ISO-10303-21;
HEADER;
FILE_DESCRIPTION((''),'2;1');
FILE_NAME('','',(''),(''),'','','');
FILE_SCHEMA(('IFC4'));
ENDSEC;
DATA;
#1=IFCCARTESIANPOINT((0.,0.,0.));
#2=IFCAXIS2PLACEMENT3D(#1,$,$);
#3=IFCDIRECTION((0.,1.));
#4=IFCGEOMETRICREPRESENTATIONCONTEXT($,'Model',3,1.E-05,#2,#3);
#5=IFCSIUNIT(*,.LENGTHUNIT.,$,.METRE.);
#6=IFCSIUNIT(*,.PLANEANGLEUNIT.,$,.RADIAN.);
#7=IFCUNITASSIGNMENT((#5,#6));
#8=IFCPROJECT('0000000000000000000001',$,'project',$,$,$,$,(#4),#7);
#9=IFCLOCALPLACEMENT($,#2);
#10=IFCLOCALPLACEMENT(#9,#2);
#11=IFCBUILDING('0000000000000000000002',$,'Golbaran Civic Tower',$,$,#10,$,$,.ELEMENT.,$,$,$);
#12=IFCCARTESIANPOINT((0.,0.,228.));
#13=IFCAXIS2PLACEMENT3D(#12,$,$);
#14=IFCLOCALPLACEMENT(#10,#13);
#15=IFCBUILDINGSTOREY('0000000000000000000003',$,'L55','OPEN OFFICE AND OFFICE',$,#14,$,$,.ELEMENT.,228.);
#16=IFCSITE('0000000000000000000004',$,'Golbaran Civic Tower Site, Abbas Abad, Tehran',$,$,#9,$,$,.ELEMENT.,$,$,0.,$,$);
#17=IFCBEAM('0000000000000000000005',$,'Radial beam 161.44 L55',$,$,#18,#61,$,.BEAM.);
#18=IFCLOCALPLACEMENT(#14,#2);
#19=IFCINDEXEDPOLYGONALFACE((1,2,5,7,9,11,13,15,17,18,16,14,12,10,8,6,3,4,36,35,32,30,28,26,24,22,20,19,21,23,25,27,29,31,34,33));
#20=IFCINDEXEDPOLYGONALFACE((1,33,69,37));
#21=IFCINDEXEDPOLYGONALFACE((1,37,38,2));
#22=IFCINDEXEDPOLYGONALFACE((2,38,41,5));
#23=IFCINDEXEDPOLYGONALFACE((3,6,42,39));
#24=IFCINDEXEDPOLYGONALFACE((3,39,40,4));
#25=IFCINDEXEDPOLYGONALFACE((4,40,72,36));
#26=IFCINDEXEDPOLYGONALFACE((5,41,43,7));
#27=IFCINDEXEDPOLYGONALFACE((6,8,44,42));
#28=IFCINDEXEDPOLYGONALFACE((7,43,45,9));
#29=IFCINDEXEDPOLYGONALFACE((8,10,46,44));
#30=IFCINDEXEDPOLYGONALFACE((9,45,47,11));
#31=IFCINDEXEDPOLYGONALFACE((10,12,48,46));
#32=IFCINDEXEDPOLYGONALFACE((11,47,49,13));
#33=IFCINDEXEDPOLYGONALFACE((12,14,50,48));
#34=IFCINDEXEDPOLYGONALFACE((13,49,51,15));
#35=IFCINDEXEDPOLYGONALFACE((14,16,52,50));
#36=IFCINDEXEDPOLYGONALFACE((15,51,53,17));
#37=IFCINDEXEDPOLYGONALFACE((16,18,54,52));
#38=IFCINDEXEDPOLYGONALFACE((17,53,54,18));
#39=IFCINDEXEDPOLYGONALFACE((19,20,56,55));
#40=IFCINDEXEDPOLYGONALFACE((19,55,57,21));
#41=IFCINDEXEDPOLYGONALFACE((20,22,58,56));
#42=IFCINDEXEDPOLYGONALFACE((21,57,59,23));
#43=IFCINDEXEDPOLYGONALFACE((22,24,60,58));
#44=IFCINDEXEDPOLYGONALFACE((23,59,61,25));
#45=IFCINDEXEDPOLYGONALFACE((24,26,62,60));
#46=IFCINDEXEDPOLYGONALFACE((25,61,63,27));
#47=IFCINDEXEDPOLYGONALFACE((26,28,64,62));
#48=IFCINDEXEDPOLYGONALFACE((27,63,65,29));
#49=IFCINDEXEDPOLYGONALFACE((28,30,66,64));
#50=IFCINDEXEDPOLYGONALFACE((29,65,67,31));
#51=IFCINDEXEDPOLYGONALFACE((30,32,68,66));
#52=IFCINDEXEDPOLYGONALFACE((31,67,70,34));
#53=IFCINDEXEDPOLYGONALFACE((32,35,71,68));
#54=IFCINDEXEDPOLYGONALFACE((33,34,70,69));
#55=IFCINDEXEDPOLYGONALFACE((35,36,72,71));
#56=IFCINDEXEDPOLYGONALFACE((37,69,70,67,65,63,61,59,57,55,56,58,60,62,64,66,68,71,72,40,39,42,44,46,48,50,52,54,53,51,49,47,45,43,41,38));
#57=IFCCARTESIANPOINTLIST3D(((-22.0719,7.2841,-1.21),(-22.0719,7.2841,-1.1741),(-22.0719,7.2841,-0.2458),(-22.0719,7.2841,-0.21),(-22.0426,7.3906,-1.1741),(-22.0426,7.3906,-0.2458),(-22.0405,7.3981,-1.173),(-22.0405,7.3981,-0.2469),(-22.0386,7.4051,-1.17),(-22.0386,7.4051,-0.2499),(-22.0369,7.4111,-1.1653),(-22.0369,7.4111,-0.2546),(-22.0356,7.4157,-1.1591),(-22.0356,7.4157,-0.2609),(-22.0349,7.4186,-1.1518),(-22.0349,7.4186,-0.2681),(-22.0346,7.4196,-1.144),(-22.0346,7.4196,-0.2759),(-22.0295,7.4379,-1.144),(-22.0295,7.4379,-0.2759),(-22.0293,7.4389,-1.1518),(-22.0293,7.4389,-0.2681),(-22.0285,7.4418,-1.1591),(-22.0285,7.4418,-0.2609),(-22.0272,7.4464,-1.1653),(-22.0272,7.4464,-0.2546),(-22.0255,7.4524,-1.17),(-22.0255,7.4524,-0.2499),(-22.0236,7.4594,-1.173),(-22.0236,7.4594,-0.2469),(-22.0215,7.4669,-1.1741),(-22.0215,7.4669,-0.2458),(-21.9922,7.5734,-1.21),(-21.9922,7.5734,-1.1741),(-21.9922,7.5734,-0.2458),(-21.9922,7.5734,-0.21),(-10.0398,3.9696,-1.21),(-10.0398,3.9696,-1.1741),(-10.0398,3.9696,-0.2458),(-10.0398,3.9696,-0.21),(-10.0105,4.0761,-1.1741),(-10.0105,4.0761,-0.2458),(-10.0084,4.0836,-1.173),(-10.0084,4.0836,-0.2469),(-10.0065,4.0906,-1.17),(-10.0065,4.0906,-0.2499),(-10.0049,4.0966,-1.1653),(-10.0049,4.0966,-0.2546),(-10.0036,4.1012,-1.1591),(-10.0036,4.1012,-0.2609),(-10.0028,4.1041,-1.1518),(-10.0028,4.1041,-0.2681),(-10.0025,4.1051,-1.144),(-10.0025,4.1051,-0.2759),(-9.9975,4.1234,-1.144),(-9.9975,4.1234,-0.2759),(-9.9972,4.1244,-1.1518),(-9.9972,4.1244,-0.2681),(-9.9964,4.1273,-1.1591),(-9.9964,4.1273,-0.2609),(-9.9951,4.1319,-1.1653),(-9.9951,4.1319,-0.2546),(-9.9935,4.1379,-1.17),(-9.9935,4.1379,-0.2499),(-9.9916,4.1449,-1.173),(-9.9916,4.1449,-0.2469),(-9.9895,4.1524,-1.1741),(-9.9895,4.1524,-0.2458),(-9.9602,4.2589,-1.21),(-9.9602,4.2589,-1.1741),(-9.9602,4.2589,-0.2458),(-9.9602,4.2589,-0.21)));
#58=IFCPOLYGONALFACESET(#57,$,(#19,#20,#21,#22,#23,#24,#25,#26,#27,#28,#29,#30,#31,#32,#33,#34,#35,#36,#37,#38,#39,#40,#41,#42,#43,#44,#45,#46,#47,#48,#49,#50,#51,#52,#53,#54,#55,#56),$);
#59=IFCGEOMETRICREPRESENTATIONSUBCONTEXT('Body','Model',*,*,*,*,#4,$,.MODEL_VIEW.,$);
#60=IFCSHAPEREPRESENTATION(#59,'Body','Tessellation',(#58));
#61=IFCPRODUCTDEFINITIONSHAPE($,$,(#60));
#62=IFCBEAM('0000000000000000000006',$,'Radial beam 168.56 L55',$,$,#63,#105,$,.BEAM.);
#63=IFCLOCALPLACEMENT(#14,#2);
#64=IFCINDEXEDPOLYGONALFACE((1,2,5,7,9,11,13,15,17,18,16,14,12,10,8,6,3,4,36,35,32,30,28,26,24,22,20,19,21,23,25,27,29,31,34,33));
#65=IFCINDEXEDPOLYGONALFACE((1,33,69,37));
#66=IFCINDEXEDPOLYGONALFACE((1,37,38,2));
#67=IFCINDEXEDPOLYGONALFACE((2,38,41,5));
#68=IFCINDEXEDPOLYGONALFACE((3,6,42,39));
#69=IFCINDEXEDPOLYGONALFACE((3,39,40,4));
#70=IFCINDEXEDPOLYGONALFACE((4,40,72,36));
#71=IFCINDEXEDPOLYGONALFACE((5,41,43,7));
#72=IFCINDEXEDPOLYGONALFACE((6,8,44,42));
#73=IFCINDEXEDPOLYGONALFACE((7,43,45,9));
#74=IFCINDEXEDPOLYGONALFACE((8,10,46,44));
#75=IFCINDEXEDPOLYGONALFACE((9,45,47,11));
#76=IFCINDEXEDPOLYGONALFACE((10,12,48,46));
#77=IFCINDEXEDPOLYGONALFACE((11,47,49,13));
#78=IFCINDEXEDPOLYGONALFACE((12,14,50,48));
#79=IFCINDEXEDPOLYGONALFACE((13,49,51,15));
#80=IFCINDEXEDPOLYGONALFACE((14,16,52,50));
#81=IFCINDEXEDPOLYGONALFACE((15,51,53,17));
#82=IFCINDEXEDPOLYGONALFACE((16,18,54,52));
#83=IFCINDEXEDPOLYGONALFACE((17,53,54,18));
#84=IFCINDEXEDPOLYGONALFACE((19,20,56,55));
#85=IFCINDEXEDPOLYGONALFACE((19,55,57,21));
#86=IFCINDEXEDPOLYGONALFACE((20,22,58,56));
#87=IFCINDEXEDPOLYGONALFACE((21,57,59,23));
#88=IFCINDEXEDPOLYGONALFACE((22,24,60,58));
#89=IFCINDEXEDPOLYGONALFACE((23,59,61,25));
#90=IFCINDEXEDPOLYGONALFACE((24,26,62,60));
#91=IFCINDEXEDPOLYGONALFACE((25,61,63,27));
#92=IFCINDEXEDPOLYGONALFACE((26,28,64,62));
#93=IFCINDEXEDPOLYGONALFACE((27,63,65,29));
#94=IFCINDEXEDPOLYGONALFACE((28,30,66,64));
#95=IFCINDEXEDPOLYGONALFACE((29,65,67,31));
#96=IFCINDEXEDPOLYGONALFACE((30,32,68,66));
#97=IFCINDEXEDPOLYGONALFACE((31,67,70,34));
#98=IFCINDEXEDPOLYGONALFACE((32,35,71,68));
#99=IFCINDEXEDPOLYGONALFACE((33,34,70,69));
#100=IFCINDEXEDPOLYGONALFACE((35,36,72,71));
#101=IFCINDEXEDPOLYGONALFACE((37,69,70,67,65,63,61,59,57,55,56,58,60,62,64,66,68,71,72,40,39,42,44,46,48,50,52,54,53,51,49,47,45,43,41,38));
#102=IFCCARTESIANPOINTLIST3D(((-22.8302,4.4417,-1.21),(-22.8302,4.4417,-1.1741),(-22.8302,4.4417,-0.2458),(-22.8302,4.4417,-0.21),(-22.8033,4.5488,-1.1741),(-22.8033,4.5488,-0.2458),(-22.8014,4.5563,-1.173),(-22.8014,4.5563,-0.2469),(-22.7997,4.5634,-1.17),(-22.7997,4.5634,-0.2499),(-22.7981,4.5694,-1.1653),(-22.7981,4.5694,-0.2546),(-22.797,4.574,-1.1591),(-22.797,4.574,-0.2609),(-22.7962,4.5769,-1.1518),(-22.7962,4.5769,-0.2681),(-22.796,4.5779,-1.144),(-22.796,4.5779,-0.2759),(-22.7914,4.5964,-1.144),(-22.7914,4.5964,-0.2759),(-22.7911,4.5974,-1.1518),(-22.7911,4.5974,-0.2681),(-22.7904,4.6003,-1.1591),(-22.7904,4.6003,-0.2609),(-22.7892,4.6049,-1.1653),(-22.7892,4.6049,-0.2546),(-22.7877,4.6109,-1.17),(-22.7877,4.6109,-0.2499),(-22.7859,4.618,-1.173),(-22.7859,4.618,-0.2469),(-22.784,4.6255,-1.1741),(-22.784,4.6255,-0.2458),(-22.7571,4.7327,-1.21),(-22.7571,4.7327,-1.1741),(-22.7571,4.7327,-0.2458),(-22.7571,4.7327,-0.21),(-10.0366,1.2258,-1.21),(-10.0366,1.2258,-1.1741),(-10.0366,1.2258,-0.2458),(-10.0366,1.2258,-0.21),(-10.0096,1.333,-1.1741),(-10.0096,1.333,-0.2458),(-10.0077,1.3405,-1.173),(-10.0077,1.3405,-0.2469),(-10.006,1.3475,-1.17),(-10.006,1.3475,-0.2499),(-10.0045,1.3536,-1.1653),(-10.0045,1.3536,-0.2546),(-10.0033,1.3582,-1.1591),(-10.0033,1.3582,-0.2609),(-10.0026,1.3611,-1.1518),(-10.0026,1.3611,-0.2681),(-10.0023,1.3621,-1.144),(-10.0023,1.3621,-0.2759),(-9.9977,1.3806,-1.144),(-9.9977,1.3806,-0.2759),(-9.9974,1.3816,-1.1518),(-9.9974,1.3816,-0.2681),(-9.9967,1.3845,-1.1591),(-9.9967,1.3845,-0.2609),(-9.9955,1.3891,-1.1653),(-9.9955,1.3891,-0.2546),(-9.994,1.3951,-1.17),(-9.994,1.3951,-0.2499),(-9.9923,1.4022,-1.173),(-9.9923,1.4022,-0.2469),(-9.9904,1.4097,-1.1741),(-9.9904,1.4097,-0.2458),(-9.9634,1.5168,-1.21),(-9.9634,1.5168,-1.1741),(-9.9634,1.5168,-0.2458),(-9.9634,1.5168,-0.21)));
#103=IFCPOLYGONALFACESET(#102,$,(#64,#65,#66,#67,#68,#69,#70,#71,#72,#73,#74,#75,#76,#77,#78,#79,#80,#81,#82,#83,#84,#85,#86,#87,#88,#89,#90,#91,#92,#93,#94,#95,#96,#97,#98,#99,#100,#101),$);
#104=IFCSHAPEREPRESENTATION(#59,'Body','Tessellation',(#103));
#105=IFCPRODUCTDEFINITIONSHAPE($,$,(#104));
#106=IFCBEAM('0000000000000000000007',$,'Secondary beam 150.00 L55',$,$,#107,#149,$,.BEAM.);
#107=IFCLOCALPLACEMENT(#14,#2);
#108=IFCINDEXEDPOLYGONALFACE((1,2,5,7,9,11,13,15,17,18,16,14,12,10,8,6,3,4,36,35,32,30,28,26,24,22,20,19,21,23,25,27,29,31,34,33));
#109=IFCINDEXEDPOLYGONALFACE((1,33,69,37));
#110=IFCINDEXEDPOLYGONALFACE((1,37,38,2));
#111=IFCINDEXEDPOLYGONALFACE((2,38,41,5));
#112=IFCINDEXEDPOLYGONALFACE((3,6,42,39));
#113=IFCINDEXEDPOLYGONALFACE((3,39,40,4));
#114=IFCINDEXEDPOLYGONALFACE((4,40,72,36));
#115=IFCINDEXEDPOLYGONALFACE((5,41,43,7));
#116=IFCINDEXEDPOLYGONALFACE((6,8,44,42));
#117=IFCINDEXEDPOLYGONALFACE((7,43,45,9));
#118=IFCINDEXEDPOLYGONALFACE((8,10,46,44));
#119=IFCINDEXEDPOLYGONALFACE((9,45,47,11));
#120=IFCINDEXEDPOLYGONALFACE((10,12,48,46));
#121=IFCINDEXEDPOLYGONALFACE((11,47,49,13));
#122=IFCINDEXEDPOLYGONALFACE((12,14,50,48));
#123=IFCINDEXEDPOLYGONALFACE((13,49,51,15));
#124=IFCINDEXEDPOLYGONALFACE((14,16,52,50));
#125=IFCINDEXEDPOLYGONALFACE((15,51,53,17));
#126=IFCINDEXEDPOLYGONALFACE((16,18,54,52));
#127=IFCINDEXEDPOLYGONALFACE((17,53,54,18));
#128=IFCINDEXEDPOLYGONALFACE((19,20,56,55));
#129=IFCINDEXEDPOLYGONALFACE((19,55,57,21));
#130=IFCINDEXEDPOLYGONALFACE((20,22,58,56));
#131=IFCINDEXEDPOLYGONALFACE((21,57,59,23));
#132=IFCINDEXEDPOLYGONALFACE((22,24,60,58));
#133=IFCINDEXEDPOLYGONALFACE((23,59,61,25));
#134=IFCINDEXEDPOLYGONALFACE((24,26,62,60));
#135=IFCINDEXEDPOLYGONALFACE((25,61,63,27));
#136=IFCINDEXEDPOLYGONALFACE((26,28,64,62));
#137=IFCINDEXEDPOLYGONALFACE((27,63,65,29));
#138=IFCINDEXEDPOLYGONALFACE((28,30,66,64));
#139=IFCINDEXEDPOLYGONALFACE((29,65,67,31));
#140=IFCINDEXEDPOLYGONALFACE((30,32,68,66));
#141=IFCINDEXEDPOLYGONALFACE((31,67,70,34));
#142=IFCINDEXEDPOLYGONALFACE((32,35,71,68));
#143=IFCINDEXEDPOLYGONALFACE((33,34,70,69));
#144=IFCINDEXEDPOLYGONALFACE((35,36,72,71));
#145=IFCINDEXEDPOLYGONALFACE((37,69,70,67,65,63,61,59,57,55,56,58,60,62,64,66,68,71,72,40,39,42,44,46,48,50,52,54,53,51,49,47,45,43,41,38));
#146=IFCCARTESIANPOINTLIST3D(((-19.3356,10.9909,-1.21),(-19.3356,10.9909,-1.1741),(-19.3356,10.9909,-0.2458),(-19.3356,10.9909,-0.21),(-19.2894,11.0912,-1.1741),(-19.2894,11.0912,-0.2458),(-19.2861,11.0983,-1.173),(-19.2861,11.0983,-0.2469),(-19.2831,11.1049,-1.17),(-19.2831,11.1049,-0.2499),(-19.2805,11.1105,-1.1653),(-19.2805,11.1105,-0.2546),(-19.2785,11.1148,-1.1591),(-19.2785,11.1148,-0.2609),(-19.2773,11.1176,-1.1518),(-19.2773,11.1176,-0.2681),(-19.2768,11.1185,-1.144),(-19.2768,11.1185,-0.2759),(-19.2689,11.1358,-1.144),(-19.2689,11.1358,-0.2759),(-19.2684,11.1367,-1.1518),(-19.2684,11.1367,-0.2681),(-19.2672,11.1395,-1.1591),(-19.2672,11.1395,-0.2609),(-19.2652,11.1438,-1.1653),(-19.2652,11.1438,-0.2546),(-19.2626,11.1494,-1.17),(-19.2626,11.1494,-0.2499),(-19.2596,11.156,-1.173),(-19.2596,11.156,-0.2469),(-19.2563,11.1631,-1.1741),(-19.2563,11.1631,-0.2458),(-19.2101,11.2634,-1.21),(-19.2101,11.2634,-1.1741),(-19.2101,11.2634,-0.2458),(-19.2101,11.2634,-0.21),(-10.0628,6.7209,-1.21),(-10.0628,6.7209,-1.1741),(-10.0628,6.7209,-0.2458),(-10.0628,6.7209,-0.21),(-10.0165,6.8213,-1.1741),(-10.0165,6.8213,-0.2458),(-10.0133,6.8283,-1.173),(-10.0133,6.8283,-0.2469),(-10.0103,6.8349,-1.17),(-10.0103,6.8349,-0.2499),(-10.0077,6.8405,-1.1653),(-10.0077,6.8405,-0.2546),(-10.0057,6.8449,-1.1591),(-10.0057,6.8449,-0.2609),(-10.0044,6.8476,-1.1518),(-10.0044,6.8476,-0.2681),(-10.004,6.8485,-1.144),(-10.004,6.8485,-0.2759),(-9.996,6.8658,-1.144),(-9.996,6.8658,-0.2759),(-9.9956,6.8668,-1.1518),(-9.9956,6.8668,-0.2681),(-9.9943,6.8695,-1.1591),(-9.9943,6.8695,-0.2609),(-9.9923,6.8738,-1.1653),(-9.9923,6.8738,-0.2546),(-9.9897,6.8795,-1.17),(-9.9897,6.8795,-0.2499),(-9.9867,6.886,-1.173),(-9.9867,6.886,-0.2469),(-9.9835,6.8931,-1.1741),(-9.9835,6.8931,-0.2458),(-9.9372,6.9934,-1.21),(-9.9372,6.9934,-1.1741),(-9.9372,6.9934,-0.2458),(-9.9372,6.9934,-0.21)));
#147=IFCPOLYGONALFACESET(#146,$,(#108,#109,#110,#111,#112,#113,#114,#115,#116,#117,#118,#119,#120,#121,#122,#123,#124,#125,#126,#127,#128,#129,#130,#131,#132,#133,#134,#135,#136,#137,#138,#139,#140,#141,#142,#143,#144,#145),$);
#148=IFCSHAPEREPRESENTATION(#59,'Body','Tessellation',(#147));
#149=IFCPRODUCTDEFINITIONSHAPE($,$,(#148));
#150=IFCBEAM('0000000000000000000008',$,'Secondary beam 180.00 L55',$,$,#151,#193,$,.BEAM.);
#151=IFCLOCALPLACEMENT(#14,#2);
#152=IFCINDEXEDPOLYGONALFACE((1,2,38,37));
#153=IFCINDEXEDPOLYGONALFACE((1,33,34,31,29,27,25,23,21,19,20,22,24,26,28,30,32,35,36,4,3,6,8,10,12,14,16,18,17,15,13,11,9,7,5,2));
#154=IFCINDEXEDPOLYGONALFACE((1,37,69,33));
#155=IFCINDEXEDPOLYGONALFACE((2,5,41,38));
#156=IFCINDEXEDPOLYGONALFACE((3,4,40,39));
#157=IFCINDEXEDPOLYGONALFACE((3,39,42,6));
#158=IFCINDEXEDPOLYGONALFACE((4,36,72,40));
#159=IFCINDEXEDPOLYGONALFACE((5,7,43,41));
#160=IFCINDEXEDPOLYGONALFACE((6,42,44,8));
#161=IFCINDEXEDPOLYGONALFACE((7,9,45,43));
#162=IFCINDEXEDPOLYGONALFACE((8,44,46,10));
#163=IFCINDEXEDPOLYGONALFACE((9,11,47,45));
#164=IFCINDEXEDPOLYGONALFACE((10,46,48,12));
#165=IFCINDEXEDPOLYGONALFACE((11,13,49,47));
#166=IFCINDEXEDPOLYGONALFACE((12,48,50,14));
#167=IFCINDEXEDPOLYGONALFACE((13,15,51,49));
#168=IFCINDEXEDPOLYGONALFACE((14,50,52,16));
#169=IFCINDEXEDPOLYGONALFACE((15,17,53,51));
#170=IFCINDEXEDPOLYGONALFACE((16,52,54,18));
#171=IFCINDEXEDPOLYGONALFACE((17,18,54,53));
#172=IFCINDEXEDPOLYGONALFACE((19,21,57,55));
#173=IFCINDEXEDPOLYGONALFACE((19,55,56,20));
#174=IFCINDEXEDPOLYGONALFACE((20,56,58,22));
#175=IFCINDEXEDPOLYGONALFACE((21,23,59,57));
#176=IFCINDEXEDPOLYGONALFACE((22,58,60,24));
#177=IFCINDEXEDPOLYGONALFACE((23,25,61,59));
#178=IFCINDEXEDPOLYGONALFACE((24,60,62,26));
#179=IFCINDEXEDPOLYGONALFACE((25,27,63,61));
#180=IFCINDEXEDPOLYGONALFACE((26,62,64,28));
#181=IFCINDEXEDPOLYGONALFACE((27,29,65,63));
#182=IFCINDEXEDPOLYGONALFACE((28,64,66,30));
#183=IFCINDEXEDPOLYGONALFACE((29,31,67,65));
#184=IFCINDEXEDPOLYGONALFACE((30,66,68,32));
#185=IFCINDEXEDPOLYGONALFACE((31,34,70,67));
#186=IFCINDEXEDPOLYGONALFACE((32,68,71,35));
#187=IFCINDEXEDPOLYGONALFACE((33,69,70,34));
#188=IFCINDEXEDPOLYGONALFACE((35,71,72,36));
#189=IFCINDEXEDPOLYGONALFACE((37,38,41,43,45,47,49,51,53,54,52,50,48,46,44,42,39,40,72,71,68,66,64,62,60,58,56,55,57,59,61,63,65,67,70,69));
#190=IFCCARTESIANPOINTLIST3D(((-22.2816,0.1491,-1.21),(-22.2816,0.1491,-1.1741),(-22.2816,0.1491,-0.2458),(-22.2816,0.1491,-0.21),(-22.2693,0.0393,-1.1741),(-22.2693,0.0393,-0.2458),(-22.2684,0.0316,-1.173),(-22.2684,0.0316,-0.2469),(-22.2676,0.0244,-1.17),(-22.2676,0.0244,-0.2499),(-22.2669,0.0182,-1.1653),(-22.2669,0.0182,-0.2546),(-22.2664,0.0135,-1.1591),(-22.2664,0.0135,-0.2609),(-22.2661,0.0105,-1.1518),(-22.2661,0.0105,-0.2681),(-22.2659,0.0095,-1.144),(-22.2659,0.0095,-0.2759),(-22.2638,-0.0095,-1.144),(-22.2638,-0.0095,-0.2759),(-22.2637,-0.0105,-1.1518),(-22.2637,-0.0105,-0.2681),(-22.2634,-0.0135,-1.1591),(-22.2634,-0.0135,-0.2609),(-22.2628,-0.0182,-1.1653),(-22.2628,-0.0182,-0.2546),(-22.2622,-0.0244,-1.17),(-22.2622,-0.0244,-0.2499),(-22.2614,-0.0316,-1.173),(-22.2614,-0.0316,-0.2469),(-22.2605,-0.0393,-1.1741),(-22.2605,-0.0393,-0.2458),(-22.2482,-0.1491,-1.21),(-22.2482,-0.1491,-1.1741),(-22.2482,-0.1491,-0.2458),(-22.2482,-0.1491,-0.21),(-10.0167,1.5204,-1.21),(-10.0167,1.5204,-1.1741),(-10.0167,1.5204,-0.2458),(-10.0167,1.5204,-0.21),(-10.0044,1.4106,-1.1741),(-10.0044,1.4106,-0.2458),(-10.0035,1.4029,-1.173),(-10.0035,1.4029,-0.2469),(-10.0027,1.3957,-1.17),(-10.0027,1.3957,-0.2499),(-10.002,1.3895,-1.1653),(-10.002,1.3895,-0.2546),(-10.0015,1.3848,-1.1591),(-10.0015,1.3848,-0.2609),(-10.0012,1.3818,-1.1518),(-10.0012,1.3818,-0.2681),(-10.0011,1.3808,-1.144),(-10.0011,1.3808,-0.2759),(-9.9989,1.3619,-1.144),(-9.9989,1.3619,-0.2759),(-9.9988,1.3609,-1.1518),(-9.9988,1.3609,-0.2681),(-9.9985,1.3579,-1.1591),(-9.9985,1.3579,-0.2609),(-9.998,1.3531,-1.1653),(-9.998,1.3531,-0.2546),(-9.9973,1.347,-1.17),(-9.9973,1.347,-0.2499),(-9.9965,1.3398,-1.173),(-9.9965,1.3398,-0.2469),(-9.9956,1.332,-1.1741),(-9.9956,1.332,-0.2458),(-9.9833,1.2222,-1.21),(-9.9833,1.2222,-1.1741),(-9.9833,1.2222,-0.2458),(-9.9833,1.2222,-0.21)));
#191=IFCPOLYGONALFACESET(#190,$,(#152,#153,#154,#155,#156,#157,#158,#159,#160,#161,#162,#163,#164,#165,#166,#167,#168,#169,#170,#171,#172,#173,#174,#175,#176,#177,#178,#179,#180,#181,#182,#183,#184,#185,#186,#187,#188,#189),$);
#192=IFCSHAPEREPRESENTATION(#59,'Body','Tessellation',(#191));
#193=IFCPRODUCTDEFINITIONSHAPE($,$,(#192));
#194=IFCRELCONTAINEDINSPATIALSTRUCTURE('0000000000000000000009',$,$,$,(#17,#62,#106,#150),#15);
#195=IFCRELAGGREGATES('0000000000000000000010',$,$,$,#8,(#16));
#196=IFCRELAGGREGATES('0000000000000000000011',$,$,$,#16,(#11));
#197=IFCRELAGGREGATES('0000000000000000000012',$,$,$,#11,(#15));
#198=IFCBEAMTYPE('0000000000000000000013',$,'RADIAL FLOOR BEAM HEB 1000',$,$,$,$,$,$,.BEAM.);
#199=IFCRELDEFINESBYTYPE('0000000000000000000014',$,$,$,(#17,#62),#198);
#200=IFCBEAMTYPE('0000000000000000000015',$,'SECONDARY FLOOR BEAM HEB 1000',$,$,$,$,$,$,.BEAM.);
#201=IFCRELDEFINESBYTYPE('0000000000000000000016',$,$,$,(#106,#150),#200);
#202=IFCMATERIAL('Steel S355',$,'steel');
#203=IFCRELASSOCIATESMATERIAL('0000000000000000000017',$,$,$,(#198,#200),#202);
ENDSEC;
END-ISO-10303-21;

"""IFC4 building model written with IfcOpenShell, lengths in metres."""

from ifc_helpers import new_model, si_unit, direction, frame, origin, origin_2d, place, context, subcontext, project, spatial, i_section, extrude, material, material_profile, profile_set, type_object, element, save


model = new_model("IFC4")

# Units and contexts
model_context = context("Model", 3, precision=1e-05, world=origin(), true_north=direction((0.0, 1.0)))
body_context = subcontext(model_context, "Body", "Model", "MODEL_VIEW")
ifc_project = project(units=[si_unit("LENGTHUNIT", "METRE"), si_unit("PLANEANGLEUNIT", "RADIAN")], contexts=[model_context])

# Site, building, storey
site_placement = place(None, origin())
site = spatial("IfcSite", under=ifc_project, at=site_placement, Name="Golbaran Civic Tower Site, Abbas Abad, Tehran", CompositionType="ELEMENT", RefElevation=0.0)
building_placement = place(site_placement, origin())
building = spatial("IfcBuilding", under=site, at=building_placement, Name="Golbaran Civic Tower", CompositionType="ELEMENT")
storey_placement = place(building_placement, frame((0.0, 0.0, 228.0)))
storey = spatial("IfcBuildingStorey", under=building, at=storey_placement, Name="L55", Description="OPEN OFFICE AND OFFICE", CompositionType="ELEMENT", Elevation=228.0)

# Beams
ifc_material_1 = material(Name="Steel S355", Category="steel")
ifc_material_profile_1 = material_profile(ifc_material_1, i_section(OverallWidth=0.3, OverallDepth=1.0, WebThickness=0.019, FlangeThickness=0.0359, FilletRadius=0.03, at=origin_2d()), Name="HEB 1000")
ifc_profile_set_1 = profile_set([ifc_material_profile_1], Name="Steel S355")
beam_type_1 = type_object("IfcBeamType", Name="RADIAL FLOOR BEAM HEB 1000", PredefinedType="BEAM", material=ifc_profile_set_1)
beam_1_placement = place(storey_placement, frame((-10.0, 4.1143, -0.71), z_axis=(-0.964089, 0.265578, 0.0), x_axis=(-0.265578, -0.964089, 0.0)))
element("IfcBeam", 1, at=beam_1_placement, inside=storey, type_object=beam_type_1, Name="Radial beam 161.44 L55", PredefinedType="BEAM", context=body_context, shape_type="SweptSolid", body=[
    extrude(i_section(OverallWidth=0.3, OverallDepth=1.0, WebThickness=0.019, FlangeThickness=0.0359, FilletRadius=0.03, at=origin_2d()), origin(), (0.0, 0.0, 1.0), 12.4802),
])
beam_2_placement = place(storey_placement, frame((-10.0, 1.3713, -0.71), z_axis=(-0.969831, 0.243776, 0.0), x_axis=(-0.243776, -0.969831, 0.0)))
element("IfcBeam", 2, at=beam_2_placement, inside=storey, type_object=beam_type_1, Name="Radial beam 168.56 L55", PredefinedType="BEAM", context=body_context, shape_type="SweptSolid", body=[
    extrude(i_section(OverallWidth=0.3, OverallDepth=1.0, WebThickness=0.019, FlangeThickness=0.0359, FilletRadius=0.03, at=origin_2d()), origin(), (0.0, 0.0, 1.0), 13.1917),
])
ifc_material_profile_2 = material_profile(ifc_material_1, i_section(OverallWidth=0.3, OverallDepth=1.0, WebThickness=0.019, FlangeThickness=0.0359, FilletRadius=0.03, at=origin_2d()), Name="HEB 1000")
ifc_profile_set_2 = profile_set([ifc_material_profile_2], Name="Steel S355")
beam_type_2 = type_object("IfcBeamType", Name="SECONDARY FLOOR BEAM HEB 1000", PredefinedType="BEAM", material=ifc_profile_set_2)
beam_3_placement = place(storey_placement, frame((-10.0, 6.8572, -0.71), z_axis=(-0.908324, 0.418266, 0.0), x_axis=(-0.418266, -0.908324, 0.0)))
element("IfcBeam", 3, at=beam_3_placement, inside=storey, type_object=beam_type_2, Name="Secondary beam 150.00 L55", PredefinedType="BEAM", context=body_context, shape_type="SweptSolid", body=[
    extrude(i_section(OverallWidth=0.3, OverallDepth=1.0, WebThickness=0.019, FlangeThickness=0.0359, FilletRadius=0.03, at=origin_2d()), origin(), (0.0, 0.0, 1.0), 10.2087),
])
beam_4_placement = place(storey_placement, frame((-10.0, 1.3713, -0.71), z_axis=(-0.993807, -0.111118, 0.0), x_axis=(0.111118, -0.993807, 0.0)))
element("IfcBeam", 4, at=beam_4_placement, inside=storey, type_object=beam_type_2, Name="Secondary beam 180.00 L55", PredefinedType="BEAM", context=body_context, shape_type="SweptSolid", body=[
    extrude(i_section(OverallWidth=0.3, OverallDepth=1.0, WebThickness=0.019, FlangeThickness=0.0359, FilletRadius=0.03, at=origin_2d()), origin(), (0.0, 0.0, 1.0), 12.3413),
])

save(model, "model.ifc")
